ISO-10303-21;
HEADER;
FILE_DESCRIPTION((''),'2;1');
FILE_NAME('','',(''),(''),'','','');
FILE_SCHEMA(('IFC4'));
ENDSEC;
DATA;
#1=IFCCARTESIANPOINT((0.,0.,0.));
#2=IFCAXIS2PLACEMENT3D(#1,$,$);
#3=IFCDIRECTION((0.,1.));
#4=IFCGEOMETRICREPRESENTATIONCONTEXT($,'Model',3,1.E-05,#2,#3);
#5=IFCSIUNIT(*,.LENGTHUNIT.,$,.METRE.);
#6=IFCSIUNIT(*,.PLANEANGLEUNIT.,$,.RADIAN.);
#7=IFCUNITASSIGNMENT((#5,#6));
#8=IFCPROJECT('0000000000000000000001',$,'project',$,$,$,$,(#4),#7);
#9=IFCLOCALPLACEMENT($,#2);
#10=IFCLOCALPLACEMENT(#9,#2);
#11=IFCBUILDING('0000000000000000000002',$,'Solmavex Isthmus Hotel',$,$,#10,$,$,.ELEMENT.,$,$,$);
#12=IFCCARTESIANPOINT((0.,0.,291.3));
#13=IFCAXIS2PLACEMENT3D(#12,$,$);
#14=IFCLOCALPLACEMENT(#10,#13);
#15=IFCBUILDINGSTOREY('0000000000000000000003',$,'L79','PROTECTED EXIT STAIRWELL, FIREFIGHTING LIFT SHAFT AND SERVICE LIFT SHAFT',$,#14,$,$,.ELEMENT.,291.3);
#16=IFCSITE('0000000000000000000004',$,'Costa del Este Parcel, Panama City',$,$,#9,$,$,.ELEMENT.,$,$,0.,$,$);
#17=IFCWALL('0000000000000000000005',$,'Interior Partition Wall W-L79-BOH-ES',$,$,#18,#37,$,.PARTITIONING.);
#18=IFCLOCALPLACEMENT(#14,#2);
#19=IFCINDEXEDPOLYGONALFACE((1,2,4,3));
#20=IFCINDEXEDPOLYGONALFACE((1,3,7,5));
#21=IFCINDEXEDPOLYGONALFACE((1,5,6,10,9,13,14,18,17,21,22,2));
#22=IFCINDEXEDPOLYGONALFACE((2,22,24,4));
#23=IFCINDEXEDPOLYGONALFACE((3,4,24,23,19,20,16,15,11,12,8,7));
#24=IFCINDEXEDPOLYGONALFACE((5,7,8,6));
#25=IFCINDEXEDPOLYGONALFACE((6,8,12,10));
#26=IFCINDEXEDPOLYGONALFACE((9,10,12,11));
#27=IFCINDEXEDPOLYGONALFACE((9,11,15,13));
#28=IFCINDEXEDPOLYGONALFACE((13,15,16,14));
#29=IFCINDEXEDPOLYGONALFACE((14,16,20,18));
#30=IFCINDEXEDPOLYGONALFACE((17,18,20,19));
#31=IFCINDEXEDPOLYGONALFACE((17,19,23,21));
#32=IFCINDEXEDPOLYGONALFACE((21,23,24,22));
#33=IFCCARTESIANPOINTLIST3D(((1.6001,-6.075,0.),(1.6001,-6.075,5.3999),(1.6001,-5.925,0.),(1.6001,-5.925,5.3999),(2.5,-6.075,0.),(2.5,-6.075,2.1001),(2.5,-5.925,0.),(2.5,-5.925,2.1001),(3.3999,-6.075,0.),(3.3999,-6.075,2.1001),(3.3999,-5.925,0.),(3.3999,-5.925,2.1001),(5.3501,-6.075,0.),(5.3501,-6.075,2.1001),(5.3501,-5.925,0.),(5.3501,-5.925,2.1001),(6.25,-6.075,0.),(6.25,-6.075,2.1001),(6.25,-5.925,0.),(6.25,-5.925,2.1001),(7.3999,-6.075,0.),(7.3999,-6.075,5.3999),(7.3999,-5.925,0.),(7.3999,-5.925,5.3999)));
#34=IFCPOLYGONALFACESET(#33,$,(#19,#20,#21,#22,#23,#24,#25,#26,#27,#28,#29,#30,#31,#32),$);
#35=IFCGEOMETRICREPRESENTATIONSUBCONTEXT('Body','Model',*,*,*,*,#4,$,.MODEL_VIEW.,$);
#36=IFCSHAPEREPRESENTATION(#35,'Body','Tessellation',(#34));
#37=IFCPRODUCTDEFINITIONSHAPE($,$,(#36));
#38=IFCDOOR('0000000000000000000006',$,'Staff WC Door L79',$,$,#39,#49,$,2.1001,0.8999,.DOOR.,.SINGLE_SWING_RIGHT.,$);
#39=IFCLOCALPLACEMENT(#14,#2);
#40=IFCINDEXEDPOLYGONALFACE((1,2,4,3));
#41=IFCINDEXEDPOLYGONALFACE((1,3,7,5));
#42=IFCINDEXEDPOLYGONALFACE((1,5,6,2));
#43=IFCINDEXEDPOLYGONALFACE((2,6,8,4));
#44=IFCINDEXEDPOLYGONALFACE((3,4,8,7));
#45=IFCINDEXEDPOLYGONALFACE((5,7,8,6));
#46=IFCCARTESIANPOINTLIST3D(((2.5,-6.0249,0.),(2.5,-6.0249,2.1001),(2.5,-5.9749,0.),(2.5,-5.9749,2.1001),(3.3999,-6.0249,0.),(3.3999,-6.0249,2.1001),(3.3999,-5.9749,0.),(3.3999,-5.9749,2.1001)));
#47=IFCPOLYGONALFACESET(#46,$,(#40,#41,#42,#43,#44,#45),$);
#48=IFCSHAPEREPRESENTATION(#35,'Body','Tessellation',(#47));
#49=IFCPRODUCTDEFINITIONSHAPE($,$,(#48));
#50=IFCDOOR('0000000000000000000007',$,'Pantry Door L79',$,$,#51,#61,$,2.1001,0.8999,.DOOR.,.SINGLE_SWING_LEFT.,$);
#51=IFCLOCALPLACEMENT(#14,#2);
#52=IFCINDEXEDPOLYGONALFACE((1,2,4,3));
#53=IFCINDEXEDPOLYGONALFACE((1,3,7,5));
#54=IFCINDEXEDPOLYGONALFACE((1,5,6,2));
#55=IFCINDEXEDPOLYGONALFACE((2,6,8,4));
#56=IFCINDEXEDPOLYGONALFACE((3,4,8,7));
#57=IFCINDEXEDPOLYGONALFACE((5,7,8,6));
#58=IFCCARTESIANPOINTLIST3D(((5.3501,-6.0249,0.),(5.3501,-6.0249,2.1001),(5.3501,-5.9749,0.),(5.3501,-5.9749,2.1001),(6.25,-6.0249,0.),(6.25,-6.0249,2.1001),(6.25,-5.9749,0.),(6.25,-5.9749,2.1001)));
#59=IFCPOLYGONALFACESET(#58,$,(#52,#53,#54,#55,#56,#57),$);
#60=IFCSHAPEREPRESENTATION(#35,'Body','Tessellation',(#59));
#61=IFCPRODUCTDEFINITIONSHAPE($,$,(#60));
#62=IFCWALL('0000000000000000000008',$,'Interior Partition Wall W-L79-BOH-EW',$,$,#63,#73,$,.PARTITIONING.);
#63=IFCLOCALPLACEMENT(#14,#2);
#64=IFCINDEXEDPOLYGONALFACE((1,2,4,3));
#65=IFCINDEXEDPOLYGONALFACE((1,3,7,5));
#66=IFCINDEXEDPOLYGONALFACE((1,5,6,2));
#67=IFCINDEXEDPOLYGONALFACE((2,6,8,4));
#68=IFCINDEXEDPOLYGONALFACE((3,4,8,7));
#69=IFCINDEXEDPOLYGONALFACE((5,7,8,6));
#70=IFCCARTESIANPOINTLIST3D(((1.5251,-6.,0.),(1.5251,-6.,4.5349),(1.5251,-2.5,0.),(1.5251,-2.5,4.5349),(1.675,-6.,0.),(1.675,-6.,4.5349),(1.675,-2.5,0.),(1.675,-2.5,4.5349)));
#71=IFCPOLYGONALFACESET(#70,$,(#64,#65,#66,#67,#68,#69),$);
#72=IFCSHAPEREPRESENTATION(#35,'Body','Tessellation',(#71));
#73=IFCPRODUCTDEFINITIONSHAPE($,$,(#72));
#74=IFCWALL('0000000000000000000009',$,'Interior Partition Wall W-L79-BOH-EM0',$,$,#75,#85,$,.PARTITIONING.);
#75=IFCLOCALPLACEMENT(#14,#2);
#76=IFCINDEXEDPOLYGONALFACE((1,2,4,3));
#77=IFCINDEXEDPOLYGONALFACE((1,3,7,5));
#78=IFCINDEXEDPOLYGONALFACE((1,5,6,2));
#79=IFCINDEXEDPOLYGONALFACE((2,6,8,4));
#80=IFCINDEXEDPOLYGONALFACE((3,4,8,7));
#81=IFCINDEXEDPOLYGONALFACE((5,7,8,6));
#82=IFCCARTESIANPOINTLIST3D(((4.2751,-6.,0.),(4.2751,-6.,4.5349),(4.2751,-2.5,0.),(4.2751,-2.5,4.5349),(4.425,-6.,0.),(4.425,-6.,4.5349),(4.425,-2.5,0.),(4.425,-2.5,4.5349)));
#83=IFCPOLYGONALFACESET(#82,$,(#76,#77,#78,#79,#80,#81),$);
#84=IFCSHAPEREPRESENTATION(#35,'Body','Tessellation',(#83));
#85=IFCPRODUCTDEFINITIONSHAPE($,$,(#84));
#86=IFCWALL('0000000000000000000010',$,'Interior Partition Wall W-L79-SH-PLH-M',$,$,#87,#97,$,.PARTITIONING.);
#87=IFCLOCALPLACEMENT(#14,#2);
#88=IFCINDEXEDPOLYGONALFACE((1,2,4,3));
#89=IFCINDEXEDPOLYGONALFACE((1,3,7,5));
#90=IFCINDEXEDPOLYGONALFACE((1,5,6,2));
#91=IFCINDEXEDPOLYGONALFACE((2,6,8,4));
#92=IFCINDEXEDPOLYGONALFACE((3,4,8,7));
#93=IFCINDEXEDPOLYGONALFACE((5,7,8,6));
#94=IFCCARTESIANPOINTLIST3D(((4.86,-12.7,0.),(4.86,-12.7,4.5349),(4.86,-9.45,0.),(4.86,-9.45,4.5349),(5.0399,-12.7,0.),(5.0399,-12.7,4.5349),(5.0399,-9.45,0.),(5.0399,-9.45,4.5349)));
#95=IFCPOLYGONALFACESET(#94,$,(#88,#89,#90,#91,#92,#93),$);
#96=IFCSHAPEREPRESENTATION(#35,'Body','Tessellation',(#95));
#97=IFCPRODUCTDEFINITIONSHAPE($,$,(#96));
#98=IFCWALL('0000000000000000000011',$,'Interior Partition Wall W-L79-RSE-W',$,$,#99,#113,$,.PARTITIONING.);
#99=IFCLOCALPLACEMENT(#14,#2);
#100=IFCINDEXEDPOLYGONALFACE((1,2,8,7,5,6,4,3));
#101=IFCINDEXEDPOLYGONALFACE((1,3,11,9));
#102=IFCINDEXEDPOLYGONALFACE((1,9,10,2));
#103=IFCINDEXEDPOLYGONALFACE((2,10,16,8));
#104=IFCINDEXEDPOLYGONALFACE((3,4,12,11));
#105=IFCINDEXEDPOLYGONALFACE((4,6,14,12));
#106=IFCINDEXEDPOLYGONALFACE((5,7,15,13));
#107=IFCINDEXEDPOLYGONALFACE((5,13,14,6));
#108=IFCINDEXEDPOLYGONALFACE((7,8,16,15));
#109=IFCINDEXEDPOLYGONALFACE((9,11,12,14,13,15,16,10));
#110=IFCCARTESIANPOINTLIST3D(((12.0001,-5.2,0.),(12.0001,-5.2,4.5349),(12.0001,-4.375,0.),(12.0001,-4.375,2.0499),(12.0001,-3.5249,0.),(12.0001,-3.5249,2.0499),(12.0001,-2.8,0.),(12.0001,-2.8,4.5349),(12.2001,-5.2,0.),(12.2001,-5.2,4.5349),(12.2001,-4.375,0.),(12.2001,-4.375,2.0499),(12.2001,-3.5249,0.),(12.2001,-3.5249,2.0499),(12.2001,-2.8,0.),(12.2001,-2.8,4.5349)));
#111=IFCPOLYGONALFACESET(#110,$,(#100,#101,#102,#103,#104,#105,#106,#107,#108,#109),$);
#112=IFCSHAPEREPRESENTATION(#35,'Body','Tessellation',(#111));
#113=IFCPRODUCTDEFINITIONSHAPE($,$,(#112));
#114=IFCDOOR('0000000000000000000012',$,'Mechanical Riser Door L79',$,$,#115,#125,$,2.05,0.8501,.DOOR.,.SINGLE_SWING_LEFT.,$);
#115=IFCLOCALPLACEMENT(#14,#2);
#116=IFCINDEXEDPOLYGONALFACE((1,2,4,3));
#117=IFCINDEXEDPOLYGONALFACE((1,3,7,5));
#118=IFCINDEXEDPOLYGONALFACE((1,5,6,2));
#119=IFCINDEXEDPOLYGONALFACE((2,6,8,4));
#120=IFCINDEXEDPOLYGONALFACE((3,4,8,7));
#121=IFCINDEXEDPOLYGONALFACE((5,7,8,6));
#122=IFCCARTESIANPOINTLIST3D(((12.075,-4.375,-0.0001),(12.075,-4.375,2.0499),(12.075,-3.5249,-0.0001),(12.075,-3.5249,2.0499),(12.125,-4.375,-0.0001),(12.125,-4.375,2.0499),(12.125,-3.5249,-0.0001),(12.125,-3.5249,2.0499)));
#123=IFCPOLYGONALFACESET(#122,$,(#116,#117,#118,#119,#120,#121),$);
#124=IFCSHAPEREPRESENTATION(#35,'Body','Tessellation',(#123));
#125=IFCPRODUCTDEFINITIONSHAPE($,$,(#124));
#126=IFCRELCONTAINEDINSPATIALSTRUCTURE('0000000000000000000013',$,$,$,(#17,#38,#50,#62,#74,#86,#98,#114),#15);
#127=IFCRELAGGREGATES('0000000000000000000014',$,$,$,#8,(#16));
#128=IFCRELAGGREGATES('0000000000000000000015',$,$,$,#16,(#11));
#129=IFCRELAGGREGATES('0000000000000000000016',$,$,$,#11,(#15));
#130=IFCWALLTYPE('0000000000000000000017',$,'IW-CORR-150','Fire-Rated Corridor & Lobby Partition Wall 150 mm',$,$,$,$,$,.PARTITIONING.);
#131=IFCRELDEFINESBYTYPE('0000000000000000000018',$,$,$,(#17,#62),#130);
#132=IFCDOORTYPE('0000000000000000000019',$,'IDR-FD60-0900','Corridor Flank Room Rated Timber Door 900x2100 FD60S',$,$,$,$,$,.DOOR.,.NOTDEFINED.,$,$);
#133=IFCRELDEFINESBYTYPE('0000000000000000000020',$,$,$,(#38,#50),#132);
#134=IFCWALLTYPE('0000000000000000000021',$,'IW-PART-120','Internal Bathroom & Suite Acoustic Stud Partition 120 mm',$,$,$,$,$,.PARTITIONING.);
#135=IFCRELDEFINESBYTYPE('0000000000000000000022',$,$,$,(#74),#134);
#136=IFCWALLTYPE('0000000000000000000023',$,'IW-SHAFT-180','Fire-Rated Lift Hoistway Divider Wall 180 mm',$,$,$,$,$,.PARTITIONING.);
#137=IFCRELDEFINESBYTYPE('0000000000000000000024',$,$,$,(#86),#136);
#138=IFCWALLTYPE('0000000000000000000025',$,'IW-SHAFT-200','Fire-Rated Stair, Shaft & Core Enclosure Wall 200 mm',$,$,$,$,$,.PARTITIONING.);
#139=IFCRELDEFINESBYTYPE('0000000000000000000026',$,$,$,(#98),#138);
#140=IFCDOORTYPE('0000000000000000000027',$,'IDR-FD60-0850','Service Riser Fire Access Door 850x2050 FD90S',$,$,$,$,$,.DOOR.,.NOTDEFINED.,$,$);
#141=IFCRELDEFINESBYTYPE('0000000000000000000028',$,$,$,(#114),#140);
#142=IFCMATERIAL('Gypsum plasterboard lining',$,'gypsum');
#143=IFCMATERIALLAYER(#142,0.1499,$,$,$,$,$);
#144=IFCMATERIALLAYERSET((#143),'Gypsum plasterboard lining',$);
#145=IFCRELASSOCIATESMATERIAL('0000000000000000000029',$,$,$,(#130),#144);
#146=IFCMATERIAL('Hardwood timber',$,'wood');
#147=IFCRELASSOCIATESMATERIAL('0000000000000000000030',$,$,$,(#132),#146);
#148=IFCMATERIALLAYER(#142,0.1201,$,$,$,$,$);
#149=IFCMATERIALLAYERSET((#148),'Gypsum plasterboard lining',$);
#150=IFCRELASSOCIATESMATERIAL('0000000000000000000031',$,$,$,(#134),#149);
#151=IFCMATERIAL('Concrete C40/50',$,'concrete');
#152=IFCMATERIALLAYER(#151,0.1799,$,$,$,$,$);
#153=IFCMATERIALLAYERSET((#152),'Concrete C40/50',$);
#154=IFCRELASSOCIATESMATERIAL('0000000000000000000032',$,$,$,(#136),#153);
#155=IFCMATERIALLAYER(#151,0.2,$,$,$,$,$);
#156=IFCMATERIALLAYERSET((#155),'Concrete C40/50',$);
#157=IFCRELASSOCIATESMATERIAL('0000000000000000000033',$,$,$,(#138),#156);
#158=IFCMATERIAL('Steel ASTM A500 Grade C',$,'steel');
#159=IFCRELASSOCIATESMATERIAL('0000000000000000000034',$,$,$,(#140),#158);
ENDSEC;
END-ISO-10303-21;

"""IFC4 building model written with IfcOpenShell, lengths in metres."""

from ifc_helpers import new_model, si_unit, direction, frame, frame_2d, origin, place, context, subcontext, project, spatial, rectangle, extrude, material, layer, layer_set, type_object, element, fill, save


model = new_model("IFC4")

# Units and contexts
model_context = context("Model", 3, precision=1e-05, world=origin(), true_north=direction((0.0, 1.0)))
body_context = subcontext(model_context, "Body", "Model", "MODEL_VIEW")
ifc_project = project(units=[si_unit("LENGTHUNIT", "METRE"), si_unit("PLANEANGLEUNIT", "RADIAN")], contexts=[model_context])

# Site, building, storey
site_placement = place(None, origin())
site = spatial("IfcSite", under=ifc_project, at=site_placement, Name="Costa del Este Parcel, Panama City", CompositionType="ELEMENT", RefElevation=0.0)
building_placement = place(site_placement, origin())
building = spatial("IfcBuilding", under=site, at=building_placement, Name="Solmavex Isthmus Hotel", CompositionType="ELEMENT")
storey_placement = place(building_placement, frame((0.0, 0.0, 291.3)))
storey = spatial("IfcBuildingStorey", under=building, at=storey_placement, Name="L79", Description="PROTECTED EXIT STAIRWELL, FIREFIGHTING LIFT SHAFT AND SERVICE LIFT SHAFT", CompositionType="ELEMENT", Elevation=291.3)

# Shared definitions
ifc_material_1 = material(Name="Gypsum plasterboard lining", Category="gypsum")

# Wall, openings, doors
ifc_layer_1 = layer(ifc_material_1, 0.1499)
ifc_layer_set_1 = layer_set([ifc_layer_1], Name="Gypsum plasterboard lining")
wall_type_1 = type_object("IfcWallType", Name="IW-CORR-150", Description="Fire-Rated Corridor & Lobby Partition Wall 150 mm", PredefinedType="PARTITIONING", material=ifc_layer_set_1)
wall_1_placement = place(storey_placement, frame((1.6001, -6.0, 0.0), z_axis=(0.0, 0.0, 1.0), x_axis=(1.0, 0.0, 0.0)))
wall_1 = element("IfcWall", 1, at=wall_1_placement, inside=storey, type_object=wall_type_1, Name="Interior Partition Wall W-L79-BOH-ES", PredefinedType="PARTITIONING", context=body_context, shape_type="SweptSolid", body=[
    extrude(rectangle(XDim=5.7998, YDim=0.1499, at=frame_2d((2.8999, 0.0))), origin(), (0.0, 0.0, 1.0), 5.3999),
])
opening_1_placement = place(wall_1_placement, frame((0.8999, 0.0, 0.0)))
opening_1 = element("IfcOpeningElement", 2, at=opening_1_placement, cuts=wall_1, PredefinedType="OPENING", context=body_context, shape_type="SweptSolid", body=[
    extrude(rectangle(XDim=0.8999, YDim=2.1001, at=frame_2d((0.45, 1.05))), frame((0.0, 0.085, 0.0), z_axis=(0.0, -1.0, 0.0), x_axis=(1.0, 0.0, 0.0)), (0.0, 0.0, 1.0), 0.1699),
])
opening_2_placement = place(wall_1_placement, frame((3.75, 0.0, 0.0)))
opening_2 = element("IfcOpeningElement", 3, at=opening_2_placement, cuts=wall_1, PredefinedType="OPENING", context=body_context, shape_type="SweptSolid", body=[
    extrude(rectangle(XDim=0.8999, YDim=2.1001, at=frame_2d((0.45, 1.05))), frame((0.0, 0.085, 0.0), z_axis=(0.0, -1.0, 0.0), x_axis=(1.0, 0.0, 0.0)), (0.0, 0.0, 1.0), 0.1699),
])
ifc_material_2 = material(Name="Hardwood timber", Category="wood")
door_type_1 = type_object("IfcDoorType", Name="IDR-FD60-0900", Description="Corridor Flank Room Rated Timber Door 900x2100 FD60S", OperationType="NOTDEFINED", PredefinedType="DOOR", material=ifc_material_2)
door_1_placement = place(opening_1_placement, frame((0.8999, 0.0, 0.0), z_axis=(0.0, 0.0, 1.0), x_axis=(-1.0, 0.0, 0.0)))
door_1 = element("IfcDoor", 4, at=door_1_placement, inside=storey, type_object=door_type_1, Name="Staff WC Door L79", OperationType="SINGLE_SWING_RIGHT", OverallHeight=2.1001, OverallWidth=0.8999, PredefinedType="DOOR", context=body_context, shape_type="SweptSolid", body=[
    extrude(rectangle(XDim=0.8999, YDim=2.1001, at=frame_2d((0.45, 1.05))), frame((0.0, 0.0249, 0.0), z_axis=(0.0, -1.0, 0.0), x_axis=(1.0, 0.0, 0.0)), (0.0, 0.0, 1.0), 0.05),
])
fill(opening_1, door_1)
door_2_placement = place(opening_2_placement, frame((0.8999, 0.0, 0.0), z_axis=(0.0, 0.0, 1.0), x_axis=(-1.0, 0.0, 0.0)))
door_2 = element("IfcDoor", 5, at=door_2_placement, inside=storey, type_object=door_type_1, Name="Pantry Door L79", OperationType="SINGLE_SWING_LEFT", OverallHeight=2.1001, OverallWidth=0.8999, PredefinedType="DOOR", context=body_context, shape_type="SweptSolid", body=[
    extrude(rectangle(XDim=0.8999, YDim=2.1001, at=frame_2d((0.45, 1.05))), frame((0.0, 0.0249, 0.0), z_axis=(0.0, -1.0, 0.0), x_axis=(1.0, 0.0, 0.0)), (0.0, 0.0, 1.0), 0.05),
])
fill(opening_2, door_2)

# Walls
wall_2_placement = place(storey_placement, frame((1.6001, -6.0, 0.0), z_axis=(0.0, 0.0, 1.0), x_axis=(0.0, 1.0, 0.0)))
element("IfcWall", 6, at=wall_2_placement, inside=storey, type_object=wall_type_1, Name="Interior Partition Wall W-L79-BOH-EW", PredefinedType="PARTITIONING", context=body_context, shape_type="SweptSolid", body=[
    extrude(rectangle(XDim=3.5, YDim=0.1499, at=frame_2d((1.75, 0.0))), origin(), (0.0, 0.0, 1.0), 4.5349),
])
ifc_layer_2 = layer(ifc_material_1, 0.1201)
ifc_layer_set_2 = layer_set([ifc_layer_2], Name="Gypsum plasterboard lining")
wall_type_2 = type_object("IfcWallType", Name="IW-PART-120", Description="Internal Bathroom & Suite Acoustic Stud Partition 120 mm", PredefinedType="PARTITIONING", material=ifc_layer_set_2)
wall_3_placement = place(storey_placement, frame((4.3501, -6.0, 0.0), z_axis=(0.0, 0.0, 1.0), x_axis=(0.0, 1.0, 0.0)))
element("IfcWall", 7, at=wall_3_placement, inside=storey, type_object=wall_type_2, Name="Interior Partition Wall W-L79-BOH-EM0", PredefinedType="PARTITIONING", context=body_context, shape_type="SweptSolid", body=[
    extrude(rectangle(XDim=3.5, YDim=0.1499, at=frame_2d((1.75, 0.0))), origin(), (0.0, 0.0, 1.0), 4.5349),
])
ifc_material_3 = material(Name="Concrete C40/50", Category="concrete")
ifc_layer_3 = layer(ifc_material_3, 0.1799)
ifc_layer_set_3 = layer_set([ifc_layer_3], Name="Concrete C40/50")
wall_type_3 = type_object("IfcWallType", Name="IW-SHAFT-180", Description="Fire-Rated Lift Hoistway Divider Wall 180 mm", PredefinedType="PARTITIONING", material=ifc_layer_set_3)
wall_4_placement = place(storey_placement, frame((4.95, -12.7, 0.0), z_axis=(0.0, 0.0, 1.0), x_axis=(0.0, 1.0, 0.0)))
element("IfcWall", 8, at=wall_4_placement, inside=storey, type_object=wall_type_3, Name="Interior Partition Wall W-L79-SH-PLH-M", PredefinedType="PARTITIONING", context=body_context, shape_type="SweptSolid", body=[
    extrude(rectangle(XDim=3.25, YDim=0.1799, at=frame_2d((1.625, 0.0))), origin(), (0.0, 0.0, 1.0), 4.5349),
])

# Wall, opening, door
ifc_layer_4 = layer(ifc_material_3, 0.2)
ifc_layer_set_4 = layer_set([ifc_layer_4], Name="Concrete C40/50")
wall_type_4 = type_object("IfcWallType", Name="IW-SHAFT-200", Description="Fire-Rated Stair, Shaft & Core Enclosure Wall 200 mm", PredefinedType="PARTITIONING", material=ifc_layer_set_4)
wall_5_placement = place(storey_placement, frame((12.1001, -5.2, 0.0), z_axis=(0.0, 0.0, 1.0), x_axis=(0.0, 1.0, 0.0)))
wall_5 = element("IfcWall", 9, at=wall_5_placement, inside=storey, type_object=wall_type_4, Name="Interior Partition Wall W-L79-RSE-W", PredefinedType="PARTITIONING", context=body_context, shape_type="SweptSolid", body=[
    extrude(rectangle(XDim=2.3999, YDim=0.2, at=frame_2d((1.2, 0.0))), origin(), (0.0, 0.0, 1.0), 4.5349),
])
opening_3_placement = place(wall_5_placement, frame((0.825, 0.0, 0.0)))
opening_3 = element("IfcOpeningElement", 10, at=opening_3_placement, cuts=wall_5, PredefinedType="OPENING", context=body_context, shape_type="SweptSolid", body=[
    extrude(rectangle(XDim=0.8501, YDim=2.05, at=frame_2d((0.425, 1.0249))), frame((0.0, 0.1099, 0.0), z_axis=(0.0, -1.0, 0.0), x_axis=(1.0, 0.0, 0.0)), (0.0, 0.0, 1.0), 0.22),
])
ifc_material_4 = material(Name="Steel ASTM A500 Grade C", Category="steel")
door_type_2 = type_object("IfcDoorType", Name="IDR-FD60-0850", Description="Service Riser Fire Access Door 850x2050 FD90S", OperationType="NOTDEFINED", PredefinedType="DOOR", material=ifc_material_4)
door_3_placement = place(opening_3_placement, frame((0.8501, 0.0, 0.0), z_axis=(0.0, 0.0, 1.0), x_axis=(-1.0, 0.0, 0.0)))
door_3 = element("IfcDoor", 11, at=door_3_placement, inside=storey, type_object=door_type_2, Name="Mechanical Riser Door L79", OperationType="SINGLE_SWING_LEFT", OverallHeight=2.05, OverallWidth=0.8501, PredefinedType="DOOR", context=body_context, shape_type="SweptSolid", body=[
    extrude(rectangle(XDim=0.8501, YDim=2.05, at=frame_2d((0.425, 1.0249))), frame((0.0, 0.0249, 0.0), z_axis=(0.0, -1.0, 0.0), x_axis=(1.0, 0.0, 0.0)), (0.0, 0.0, 1.0), 0.05),
])
fill(opening_3, door_3)

save(model, "model.ifc")
